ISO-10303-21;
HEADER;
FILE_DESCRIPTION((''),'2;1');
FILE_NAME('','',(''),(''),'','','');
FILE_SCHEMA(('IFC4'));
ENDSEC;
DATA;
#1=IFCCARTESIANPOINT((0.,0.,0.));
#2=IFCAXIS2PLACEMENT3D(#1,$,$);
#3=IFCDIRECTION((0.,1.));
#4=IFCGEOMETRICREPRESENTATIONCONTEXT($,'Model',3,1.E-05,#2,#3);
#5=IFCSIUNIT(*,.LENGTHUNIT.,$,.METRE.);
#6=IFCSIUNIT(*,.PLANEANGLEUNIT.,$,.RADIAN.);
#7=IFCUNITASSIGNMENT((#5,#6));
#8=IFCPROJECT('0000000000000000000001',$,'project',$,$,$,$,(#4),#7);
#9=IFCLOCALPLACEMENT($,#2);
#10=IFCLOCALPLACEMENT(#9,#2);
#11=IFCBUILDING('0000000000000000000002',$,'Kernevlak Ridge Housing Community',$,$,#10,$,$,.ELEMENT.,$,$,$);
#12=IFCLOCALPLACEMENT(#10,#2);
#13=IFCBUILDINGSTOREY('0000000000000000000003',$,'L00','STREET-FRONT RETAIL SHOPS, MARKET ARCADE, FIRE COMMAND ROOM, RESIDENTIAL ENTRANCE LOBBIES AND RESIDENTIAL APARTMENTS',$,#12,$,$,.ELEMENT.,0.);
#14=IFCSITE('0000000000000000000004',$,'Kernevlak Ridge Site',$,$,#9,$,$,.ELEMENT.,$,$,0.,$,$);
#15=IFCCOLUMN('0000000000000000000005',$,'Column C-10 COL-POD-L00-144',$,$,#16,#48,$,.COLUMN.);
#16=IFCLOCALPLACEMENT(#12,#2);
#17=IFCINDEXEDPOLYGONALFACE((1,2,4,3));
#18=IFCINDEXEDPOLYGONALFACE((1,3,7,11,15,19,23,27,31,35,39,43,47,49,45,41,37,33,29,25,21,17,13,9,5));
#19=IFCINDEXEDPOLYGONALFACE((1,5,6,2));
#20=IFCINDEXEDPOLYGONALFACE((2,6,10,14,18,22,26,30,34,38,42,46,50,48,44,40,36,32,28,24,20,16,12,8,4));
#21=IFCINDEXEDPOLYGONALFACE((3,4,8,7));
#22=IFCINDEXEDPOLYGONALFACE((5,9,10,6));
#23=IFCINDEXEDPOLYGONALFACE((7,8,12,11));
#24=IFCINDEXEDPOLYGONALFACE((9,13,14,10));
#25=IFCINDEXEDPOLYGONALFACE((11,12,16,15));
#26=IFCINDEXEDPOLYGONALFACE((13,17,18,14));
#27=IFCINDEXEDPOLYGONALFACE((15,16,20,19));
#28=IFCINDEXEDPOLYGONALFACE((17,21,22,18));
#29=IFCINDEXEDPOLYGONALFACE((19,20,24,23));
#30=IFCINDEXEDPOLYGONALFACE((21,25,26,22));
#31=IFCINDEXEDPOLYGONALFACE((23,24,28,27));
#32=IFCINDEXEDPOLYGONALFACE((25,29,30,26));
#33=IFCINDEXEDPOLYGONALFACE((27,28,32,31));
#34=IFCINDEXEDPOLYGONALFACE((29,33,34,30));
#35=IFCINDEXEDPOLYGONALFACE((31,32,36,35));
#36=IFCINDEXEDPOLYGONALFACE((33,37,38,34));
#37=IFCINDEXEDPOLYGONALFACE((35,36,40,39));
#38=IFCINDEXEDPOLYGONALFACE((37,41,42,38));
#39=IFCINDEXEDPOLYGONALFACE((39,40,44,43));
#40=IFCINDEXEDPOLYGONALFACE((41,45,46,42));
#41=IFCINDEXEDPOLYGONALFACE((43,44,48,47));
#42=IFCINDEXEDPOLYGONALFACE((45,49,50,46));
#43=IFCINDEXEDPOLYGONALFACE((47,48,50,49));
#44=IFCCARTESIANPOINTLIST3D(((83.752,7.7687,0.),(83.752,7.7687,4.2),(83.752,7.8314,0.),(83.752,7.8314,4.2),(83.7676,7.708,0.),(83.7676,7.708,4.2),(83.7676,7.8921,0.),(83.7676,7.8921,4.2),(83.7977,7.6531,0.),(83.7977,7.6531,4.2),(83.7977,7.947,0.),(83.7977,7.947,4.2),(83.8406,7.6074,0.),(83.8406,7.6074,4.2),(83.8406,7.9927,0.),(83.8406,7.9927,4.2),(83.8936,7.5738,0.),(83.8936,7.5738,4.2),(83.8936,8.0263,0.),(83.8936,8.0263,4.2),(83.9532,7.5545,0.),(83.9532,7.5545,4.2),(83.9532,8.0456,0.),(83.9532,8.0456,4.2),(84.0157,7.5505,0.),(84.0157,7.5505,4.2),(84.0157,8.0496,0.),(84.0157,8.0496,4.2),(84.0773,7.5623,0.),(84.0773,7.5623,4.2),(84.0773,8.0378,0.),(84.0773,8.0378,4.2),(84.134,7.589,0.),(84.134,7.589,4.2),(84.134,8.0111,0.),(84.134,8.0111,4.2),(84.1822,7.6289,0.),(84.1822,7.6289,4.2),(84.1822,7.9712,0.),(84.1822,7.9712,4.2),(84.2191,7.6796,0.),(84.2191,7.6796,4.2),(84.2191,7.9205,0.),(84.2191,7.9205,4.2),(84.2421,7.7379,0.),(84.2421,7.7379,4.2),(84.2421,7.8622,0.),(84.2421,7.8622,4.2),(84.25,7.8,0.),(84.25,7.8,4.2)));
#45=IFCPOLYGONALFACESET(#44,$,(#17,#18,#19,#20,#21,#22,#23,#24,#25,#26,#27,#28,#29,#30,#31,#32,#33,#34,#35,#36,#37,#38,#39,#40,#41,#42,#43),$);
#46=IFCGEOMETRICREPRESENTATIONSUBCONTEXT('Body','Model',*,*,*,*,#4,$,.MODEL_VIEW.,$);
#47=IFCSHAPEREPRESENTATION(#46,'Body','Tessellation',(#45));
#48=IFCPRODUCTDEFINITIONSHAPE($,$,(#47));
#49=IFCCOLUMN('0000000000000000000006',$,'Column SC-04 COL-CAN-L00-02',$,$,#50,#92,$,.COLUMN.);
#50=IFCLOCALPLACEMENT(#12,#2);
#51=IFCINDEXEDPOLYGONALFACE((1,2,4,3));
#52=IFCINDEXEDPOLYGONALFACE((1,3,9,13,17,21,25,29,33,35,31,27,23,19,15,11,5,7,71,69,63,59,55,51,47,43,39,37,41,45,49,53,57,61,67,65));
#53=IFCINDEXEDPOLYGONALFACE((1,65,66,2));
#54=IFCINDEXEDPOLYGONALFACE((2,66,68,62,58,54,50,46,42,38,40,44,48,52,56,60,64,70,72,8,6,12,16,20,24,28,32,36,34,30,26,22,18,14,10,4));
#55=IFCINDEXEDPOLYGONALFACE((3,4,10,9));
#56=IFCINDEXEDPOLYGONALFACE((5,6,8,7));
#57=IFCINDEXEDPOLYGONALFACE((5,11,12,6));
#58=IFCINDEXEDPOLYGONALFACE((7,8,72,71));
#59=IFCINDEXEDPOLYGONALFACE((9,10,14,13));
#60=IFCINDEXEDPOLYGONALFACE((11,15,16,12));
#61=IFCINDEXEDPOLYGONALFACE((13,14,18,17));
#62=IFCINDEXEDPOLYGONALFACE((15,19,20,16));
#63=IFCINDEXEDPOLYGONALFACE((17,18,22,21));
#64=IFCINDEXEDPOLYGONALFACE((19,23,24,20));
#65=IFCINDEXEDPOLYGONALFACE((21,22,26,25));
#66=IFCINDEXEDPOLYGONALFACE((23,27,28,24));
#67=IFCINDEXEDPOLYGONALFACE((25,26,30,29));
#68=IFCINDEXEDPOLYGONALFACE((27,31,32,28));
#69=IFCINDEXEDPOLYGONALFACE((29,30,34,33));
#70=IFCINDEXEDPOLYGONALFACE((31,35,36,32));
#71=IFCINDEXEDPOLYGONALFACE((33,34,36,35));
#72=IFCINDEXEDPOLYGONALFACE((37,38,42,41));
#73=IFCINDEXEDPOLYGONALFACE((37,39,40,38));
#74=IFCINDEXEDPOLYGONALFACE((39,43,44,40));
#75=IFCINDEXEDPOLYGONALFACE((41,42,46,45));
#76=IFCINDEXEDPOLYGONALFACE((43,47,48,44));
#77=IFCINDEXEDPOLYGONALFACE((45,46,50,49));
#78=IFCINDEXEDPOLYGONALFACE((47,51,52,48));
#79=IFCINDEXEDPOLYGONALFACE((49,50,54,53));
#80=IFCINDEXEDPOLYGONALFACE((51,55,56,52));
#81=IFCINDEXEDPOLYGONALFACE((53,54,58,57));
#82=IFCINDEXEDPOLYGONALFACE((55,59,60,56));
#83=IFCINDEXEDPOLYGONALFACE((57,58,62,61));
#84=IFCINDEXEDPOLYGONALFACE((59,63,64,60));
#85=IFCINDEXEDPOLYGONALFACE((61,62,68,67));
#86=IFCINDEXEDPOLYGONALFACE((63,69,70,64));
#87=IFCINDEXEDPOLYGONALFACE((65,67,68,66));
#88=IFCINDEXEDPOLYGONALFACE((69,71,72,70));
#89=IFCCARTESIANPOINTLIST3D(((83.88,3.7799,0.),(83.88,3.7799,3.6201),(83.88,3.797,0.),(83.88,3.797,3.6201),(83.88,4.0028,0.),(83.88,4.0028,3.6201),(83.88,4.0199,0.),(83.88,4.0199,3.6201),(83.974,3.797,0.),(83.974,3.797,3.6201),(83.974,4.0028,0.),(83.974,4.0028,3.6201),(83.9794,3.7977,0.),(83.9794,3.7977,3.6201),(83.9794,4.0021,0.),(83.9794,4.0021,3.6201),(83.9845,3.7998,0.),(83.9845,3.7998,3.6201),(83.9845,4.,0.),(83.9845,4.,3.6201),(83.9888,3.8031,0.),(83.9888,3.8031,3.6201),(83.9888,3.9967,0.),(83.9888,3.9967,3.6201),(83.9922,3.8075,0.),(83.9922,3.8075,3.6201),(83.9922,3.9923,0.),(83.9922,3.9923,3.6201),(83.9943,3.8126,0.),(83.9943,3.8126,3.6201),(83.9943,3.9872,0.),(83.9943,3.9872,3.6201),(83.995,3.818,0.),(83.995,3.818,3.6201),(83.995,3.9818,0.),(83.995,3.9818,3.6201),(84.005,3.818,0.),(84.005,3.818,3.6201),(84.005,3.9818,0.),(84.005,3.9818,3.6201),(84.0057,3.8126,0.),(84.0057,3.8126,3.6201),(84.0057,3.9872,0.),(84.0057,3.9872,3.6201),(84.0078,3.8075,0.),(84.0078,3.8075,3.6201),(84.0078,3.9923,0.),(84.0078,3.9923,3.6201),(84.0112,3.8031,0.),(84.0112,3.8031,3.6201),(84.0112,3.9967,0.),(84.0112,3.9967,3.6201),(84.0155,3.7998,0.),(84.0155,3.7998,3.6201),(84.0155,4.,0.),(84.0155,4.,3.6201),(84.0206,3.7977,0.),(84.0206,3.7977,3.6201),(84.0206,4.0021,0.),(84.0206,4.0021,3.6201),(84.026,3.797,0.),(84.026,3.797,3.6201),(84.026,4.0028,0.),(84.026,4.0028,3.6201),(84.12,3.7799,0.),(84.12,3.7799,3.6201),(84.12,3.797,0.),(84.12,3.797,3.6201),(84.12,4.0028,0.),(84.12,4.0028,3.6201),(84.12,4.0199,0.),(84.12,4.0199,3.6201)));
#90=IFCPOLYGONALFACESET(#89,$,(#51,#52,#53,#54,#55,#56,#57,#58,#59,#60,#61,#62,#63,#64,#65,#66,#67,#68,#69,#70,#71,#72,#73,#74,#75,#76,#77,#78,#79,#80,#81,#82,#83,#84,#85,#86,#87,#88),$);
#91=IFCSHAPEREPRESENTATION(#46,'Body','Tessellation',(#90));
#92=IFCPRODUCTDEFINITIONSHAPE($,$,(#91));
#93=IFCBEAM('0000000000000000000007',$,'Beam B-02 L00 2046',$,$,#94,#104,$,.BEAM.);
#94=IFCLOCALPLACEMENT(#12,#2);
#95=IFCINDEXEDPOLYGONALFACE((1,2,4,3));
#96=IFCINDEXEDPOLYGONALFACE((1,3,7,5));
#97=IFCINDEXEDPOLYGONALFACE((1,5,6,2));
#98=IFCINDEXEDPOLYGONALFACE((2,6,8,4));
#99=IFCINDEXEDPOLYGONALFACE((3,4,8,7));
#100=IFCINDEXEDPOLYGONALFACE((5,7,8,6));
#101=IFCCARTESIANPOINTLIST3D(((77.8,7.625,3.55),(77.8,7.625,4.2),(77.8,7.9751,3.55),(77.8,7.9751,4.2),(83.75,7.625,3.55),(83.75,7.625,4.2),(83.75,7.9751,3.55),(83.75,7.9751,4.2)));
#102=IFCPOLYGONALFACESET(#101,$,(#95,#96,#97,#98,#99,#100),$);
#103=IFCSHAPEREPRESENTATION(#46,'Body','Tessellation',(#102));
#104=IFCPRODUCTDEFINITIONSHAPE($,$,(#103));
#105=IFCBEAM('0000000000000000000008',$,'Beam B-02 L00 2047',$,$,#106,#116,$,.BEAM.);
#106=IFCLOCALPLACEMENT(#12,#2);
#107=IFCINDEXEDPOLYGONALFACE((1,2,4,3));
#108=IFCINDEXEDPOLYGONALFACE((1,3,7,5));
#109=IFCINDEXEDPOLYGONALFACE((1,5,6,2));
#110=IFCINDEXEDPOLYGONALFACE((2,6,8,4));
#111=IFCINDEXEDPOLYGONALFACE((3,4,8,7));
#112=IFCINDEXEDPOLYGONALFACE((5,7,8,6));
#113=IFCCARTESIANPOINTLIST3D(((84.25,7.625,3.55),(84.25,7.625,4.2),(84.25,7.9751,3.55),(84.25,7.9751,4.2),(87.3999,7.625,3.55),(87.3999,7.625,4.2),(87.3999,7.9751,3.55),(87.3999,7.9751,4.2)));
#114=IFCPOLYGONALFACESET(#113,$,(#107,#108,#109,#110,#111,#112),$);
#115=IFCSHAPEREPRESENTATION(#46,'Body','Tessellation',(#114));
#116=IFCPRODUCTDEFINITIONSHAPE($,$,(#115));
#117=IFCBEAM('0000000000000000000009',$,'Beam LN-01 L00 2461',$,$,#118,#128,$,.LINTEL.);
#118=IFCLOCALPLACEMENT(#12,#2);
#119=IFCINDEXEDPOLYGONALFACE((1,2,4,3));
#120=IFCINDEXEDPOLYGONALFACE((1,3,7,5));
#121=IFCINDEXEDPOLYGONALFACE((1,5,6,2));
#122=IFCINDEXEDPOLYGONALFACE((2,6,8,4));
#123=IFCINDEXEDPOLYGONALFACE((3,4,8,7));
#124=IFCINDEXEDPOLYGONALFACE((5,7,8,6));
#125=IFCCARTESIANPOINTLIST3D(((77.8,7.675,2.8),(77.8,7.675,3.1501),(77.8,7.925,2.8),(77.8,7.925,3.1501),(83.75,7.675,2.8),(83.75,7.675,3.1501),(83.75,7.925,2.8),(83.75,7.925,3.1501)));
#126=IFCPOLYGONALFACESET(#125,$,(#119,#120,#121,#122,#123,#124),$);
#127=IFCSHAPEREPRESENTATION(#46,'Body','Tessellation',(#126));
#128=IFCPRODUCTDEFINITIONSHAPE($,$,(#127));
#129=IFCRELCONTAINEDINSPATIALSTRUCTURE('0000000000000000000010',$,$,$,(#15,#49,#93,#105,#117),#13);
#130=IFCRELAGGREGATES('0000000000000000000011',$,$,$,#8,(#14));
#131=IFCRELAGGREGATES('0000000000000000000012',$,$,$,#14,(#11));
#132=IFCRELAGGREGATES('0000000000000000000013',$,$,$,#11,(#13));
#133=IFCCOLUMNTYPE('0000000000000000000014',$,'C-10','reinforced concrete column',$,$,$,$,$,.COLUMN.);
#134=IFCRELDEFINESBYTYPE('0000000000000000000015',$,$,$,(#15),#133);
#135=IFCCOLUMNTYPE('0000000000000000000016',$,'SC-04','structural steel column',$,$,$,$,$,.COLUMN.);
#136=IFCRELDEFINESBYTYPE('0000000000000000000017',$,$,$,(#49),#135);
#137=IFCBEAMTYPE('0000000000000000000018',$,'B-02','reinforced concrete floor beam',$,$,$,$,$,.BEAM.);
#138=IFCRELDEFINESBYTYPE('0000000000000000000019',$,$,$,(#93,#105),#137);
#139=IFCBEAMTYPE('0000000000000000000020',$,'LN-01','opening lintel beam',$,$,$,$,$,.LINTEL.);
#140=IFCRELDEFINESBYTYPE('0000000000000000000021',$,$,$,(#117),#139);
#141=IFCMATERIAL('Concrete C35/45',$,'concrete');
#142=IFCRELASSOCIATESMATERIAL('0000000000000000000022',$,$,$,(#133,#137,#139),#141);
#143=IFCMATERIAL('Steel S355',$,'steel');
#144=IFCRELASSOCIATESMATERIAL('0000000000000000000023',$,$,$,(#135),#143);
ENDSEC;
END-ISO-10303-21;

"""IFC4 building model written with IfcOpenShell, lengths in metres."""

from ifc_helpers import new_model, si_unit, direction, frame, origin, origin_2d, place, context, subcontext, project, spatial, rectangle, circle, i_section, extrude, material, material_profile, profile_set, type_object, element, save


model = new_model("IFC4")

# Units and contexts
model_context = context("Model", 3, precision=1e-05, world=origin(), true_north=direction((0.0, 1.0)))
body_context = subcontext(model_context, "Body", "Model", "MODEL_VIEW")
ifc_project = project(units=[si_unit("LENGTHUNIT", "METRE"), si_unit("PLANEANGLEUNIT", "RADIAN")], contexts=[model_context])

# Site, building, storey
site_placement = place(None, origin())
site = spatial("IfcSite", under=ifc_project, at=site_placement, Name="Kernevlak Ridge Site", CompositionType="ELEMENT", RefElevation=0.0)
building_placement = place(site_placement, origin())
building = spatial("IfcBuilding", under=site, at=building_placement, Name="Kernevlak Ridge Housing Community", CompositionType="ELEMENT")
storey_placement = place(building_placement, origin())
storey = spatial("IfcBuildingStorey", under=building, at=storey_placement, Name="L00", Description="STREET-FRONT RETAIL SHOPS, MARKET ARCADE, FIRE COMMAND ROOM, RESIDENTIAL ENTRANCE LOBBIES AND RESIDENTIAL APARTMENTS", CompositionType="ELEMENT", Elevation=0.0)

# Columns
ifc_material_1 = material(Name="Concrete C35/45", Category="concrete")
ifc_material_profile_1 = material_profile(ifc_material_1, circle(Radius=0.25, at=origin_2d()), Name="RC D500")
ifc_profile_set_1 = profile_set([ifc_material_profile_1], Name="Concrete C35/45")
column_type_1 = type_object("IfcColumnType", Name="C-10", Description="reinforced concrete column", PredefinedType="COLUMN", material=ifc_profile_set_1)
column_1_placement = place(storey_placement, frame((84.0, 7.8, 0.0), z_axis=(0.0, 0.0, 1.0), x_axis=(1.0, 0.0, 0.0)))
element("IfcColumn", 1, at=column_1_placement, inside=storey, type_object=column_type_1, Name="Column C-10 COL-POD-L00-144", PredefinedType="COLUMN", context=body_context, shape_type="SweptSolid", body=[
    extrude(circle(Radius=0.25, at=origin_2d()), origin(), (0.0, 0.0, 1.0), 4.2),
])
ifc_material_2 = material(Name="Steel S355", Category="steel")
ifc_material_profile_2 = material_profile(ifc_material_2, i_section(OverallWidth=0.24, OverallDepth=0.24, WebThickness=0.01, FlangeThickness=0.0171, FilletRadius=0.021, at=origin_2d()), Name="HEB 240")
ifc_profile_set_2 = profile_set([ifc_material_profile_2], Name="Steel S355")
column_type_2 = type_object("IfcColumnType", Name="SC-04", Description="structural steel column", PredefinedType="COLUMN", material=ifc_profile_set_2)
column_2_placement = place(storey_placement, frame((84.0, 3.8999, 0.0), z_axis=(0.0, 0.0, 1.0), x_axis=(1.0, 0.0, 0.0)))
element("IfcColumn", 2, at=column_2_placement, inside=storey, type_object=column_type_2, Name="Column SC-04 COL-CAN-L00-02", PredefinedType="COLUMN", context=body_context, shape_type="SweptSolid", body=[
    extrude(i_section(OverallWidth=0.24, OverallDepth=0.24, WebThickness=0.01, FlangeThickness=0.0171, FilletRadius=0.021, at=origin_2d()), origin(), (0.0, 0.0, 1.0), 3.6201),
])

# Beams
ifc_material_profile_3 = material_profile(ifc_material_1, rectangle(XDim=0.3501, YDim=0.6499, at=origin_2d()), Name="RC 350x650")
ifc_profile_set_3 = profile_set([ifc_material_profile_3], Name="Concrete C35/45")
beam_type_1 = type_object("IfcBeamType", Name="B-02", Description="reinforced concrete floor beam", PredefinedType="BEAM", material=ifc_profile_set_3)
beam_1_placement = place(storey_placement, frame((77.8, 7.8, 3.875), z_axis=(1.0, 0.0, 0.0), x_axis=(0.0, 1.0, 0.0)))
element("IfcBeam", 3, at=beam_1_placement, inside=storey, type_object=beam_type_1, Name="Beam B-02 L00 2046", PredefinedType="BEAM", context=body_context, shape_type="SweptSolid", body=[
    extrude(rectangle(XDim=0.3501, YDim=0.6499, at=origin_2d()), origin(), (0.0, 0.0, 1.0), 5.95),
])
beam_2_placement = place(storey_placement, frame((84.25, 7.8, 3.875), z_axis=(1.0, 0.0, 0.0), x_axis=(0.0, 1.0, 0.0)))
element("IfcBeam", 4, at=beam_2_placement, inside=storey, type_object=beam_type_1, Name="Beam B-02 L00 2047", PredefinedType="BEAM", context=body_context, shape_type="SweptSolid", body=[
    extrude(rectangle(XDim=0.3501, YDim=0.6499, at=origin_2d()), origin(), (0.0, 0.0, 1.0), 3.1499),
])
ifc_material_profile_4 = material_profile(ifc_material_1, rectangle(XDim=0.25, YDim=0.3501, at=origin_2d()), Name="RC 250x350")
ifc_profile_set_4 = profile_set([ifc_material_profile_4], Name="Concrete C35/45")
beam_type_2 = type_object("IfcBeamType", Name="LN-01", Description="opening lintel beam", PredefinedType="LINTEL", material=ifc_profile_set_4)
beam_3_placement = place(storey_placement, frame((77.8, 7.8, 2.9751), z_axis=(1.0, 0.0, 0.0), x_axis=(0.0, 1.0, 0.0)))
element("IfcBeam", 5, at=beam_3_placement, inside=storey, type_object=beam_type_2, Name="Beam LN-01 L00 2461", PredefinedType="LINTEL", context=body_context, shape_type="SweptSolid", body=[
    extrude(rectangle(XDim=0.25, YDim=0.3501, at=origin_2d()), origin(), (0.0, 0.0, 1.0), 5.95),
])

save(model, "model.ifc")
